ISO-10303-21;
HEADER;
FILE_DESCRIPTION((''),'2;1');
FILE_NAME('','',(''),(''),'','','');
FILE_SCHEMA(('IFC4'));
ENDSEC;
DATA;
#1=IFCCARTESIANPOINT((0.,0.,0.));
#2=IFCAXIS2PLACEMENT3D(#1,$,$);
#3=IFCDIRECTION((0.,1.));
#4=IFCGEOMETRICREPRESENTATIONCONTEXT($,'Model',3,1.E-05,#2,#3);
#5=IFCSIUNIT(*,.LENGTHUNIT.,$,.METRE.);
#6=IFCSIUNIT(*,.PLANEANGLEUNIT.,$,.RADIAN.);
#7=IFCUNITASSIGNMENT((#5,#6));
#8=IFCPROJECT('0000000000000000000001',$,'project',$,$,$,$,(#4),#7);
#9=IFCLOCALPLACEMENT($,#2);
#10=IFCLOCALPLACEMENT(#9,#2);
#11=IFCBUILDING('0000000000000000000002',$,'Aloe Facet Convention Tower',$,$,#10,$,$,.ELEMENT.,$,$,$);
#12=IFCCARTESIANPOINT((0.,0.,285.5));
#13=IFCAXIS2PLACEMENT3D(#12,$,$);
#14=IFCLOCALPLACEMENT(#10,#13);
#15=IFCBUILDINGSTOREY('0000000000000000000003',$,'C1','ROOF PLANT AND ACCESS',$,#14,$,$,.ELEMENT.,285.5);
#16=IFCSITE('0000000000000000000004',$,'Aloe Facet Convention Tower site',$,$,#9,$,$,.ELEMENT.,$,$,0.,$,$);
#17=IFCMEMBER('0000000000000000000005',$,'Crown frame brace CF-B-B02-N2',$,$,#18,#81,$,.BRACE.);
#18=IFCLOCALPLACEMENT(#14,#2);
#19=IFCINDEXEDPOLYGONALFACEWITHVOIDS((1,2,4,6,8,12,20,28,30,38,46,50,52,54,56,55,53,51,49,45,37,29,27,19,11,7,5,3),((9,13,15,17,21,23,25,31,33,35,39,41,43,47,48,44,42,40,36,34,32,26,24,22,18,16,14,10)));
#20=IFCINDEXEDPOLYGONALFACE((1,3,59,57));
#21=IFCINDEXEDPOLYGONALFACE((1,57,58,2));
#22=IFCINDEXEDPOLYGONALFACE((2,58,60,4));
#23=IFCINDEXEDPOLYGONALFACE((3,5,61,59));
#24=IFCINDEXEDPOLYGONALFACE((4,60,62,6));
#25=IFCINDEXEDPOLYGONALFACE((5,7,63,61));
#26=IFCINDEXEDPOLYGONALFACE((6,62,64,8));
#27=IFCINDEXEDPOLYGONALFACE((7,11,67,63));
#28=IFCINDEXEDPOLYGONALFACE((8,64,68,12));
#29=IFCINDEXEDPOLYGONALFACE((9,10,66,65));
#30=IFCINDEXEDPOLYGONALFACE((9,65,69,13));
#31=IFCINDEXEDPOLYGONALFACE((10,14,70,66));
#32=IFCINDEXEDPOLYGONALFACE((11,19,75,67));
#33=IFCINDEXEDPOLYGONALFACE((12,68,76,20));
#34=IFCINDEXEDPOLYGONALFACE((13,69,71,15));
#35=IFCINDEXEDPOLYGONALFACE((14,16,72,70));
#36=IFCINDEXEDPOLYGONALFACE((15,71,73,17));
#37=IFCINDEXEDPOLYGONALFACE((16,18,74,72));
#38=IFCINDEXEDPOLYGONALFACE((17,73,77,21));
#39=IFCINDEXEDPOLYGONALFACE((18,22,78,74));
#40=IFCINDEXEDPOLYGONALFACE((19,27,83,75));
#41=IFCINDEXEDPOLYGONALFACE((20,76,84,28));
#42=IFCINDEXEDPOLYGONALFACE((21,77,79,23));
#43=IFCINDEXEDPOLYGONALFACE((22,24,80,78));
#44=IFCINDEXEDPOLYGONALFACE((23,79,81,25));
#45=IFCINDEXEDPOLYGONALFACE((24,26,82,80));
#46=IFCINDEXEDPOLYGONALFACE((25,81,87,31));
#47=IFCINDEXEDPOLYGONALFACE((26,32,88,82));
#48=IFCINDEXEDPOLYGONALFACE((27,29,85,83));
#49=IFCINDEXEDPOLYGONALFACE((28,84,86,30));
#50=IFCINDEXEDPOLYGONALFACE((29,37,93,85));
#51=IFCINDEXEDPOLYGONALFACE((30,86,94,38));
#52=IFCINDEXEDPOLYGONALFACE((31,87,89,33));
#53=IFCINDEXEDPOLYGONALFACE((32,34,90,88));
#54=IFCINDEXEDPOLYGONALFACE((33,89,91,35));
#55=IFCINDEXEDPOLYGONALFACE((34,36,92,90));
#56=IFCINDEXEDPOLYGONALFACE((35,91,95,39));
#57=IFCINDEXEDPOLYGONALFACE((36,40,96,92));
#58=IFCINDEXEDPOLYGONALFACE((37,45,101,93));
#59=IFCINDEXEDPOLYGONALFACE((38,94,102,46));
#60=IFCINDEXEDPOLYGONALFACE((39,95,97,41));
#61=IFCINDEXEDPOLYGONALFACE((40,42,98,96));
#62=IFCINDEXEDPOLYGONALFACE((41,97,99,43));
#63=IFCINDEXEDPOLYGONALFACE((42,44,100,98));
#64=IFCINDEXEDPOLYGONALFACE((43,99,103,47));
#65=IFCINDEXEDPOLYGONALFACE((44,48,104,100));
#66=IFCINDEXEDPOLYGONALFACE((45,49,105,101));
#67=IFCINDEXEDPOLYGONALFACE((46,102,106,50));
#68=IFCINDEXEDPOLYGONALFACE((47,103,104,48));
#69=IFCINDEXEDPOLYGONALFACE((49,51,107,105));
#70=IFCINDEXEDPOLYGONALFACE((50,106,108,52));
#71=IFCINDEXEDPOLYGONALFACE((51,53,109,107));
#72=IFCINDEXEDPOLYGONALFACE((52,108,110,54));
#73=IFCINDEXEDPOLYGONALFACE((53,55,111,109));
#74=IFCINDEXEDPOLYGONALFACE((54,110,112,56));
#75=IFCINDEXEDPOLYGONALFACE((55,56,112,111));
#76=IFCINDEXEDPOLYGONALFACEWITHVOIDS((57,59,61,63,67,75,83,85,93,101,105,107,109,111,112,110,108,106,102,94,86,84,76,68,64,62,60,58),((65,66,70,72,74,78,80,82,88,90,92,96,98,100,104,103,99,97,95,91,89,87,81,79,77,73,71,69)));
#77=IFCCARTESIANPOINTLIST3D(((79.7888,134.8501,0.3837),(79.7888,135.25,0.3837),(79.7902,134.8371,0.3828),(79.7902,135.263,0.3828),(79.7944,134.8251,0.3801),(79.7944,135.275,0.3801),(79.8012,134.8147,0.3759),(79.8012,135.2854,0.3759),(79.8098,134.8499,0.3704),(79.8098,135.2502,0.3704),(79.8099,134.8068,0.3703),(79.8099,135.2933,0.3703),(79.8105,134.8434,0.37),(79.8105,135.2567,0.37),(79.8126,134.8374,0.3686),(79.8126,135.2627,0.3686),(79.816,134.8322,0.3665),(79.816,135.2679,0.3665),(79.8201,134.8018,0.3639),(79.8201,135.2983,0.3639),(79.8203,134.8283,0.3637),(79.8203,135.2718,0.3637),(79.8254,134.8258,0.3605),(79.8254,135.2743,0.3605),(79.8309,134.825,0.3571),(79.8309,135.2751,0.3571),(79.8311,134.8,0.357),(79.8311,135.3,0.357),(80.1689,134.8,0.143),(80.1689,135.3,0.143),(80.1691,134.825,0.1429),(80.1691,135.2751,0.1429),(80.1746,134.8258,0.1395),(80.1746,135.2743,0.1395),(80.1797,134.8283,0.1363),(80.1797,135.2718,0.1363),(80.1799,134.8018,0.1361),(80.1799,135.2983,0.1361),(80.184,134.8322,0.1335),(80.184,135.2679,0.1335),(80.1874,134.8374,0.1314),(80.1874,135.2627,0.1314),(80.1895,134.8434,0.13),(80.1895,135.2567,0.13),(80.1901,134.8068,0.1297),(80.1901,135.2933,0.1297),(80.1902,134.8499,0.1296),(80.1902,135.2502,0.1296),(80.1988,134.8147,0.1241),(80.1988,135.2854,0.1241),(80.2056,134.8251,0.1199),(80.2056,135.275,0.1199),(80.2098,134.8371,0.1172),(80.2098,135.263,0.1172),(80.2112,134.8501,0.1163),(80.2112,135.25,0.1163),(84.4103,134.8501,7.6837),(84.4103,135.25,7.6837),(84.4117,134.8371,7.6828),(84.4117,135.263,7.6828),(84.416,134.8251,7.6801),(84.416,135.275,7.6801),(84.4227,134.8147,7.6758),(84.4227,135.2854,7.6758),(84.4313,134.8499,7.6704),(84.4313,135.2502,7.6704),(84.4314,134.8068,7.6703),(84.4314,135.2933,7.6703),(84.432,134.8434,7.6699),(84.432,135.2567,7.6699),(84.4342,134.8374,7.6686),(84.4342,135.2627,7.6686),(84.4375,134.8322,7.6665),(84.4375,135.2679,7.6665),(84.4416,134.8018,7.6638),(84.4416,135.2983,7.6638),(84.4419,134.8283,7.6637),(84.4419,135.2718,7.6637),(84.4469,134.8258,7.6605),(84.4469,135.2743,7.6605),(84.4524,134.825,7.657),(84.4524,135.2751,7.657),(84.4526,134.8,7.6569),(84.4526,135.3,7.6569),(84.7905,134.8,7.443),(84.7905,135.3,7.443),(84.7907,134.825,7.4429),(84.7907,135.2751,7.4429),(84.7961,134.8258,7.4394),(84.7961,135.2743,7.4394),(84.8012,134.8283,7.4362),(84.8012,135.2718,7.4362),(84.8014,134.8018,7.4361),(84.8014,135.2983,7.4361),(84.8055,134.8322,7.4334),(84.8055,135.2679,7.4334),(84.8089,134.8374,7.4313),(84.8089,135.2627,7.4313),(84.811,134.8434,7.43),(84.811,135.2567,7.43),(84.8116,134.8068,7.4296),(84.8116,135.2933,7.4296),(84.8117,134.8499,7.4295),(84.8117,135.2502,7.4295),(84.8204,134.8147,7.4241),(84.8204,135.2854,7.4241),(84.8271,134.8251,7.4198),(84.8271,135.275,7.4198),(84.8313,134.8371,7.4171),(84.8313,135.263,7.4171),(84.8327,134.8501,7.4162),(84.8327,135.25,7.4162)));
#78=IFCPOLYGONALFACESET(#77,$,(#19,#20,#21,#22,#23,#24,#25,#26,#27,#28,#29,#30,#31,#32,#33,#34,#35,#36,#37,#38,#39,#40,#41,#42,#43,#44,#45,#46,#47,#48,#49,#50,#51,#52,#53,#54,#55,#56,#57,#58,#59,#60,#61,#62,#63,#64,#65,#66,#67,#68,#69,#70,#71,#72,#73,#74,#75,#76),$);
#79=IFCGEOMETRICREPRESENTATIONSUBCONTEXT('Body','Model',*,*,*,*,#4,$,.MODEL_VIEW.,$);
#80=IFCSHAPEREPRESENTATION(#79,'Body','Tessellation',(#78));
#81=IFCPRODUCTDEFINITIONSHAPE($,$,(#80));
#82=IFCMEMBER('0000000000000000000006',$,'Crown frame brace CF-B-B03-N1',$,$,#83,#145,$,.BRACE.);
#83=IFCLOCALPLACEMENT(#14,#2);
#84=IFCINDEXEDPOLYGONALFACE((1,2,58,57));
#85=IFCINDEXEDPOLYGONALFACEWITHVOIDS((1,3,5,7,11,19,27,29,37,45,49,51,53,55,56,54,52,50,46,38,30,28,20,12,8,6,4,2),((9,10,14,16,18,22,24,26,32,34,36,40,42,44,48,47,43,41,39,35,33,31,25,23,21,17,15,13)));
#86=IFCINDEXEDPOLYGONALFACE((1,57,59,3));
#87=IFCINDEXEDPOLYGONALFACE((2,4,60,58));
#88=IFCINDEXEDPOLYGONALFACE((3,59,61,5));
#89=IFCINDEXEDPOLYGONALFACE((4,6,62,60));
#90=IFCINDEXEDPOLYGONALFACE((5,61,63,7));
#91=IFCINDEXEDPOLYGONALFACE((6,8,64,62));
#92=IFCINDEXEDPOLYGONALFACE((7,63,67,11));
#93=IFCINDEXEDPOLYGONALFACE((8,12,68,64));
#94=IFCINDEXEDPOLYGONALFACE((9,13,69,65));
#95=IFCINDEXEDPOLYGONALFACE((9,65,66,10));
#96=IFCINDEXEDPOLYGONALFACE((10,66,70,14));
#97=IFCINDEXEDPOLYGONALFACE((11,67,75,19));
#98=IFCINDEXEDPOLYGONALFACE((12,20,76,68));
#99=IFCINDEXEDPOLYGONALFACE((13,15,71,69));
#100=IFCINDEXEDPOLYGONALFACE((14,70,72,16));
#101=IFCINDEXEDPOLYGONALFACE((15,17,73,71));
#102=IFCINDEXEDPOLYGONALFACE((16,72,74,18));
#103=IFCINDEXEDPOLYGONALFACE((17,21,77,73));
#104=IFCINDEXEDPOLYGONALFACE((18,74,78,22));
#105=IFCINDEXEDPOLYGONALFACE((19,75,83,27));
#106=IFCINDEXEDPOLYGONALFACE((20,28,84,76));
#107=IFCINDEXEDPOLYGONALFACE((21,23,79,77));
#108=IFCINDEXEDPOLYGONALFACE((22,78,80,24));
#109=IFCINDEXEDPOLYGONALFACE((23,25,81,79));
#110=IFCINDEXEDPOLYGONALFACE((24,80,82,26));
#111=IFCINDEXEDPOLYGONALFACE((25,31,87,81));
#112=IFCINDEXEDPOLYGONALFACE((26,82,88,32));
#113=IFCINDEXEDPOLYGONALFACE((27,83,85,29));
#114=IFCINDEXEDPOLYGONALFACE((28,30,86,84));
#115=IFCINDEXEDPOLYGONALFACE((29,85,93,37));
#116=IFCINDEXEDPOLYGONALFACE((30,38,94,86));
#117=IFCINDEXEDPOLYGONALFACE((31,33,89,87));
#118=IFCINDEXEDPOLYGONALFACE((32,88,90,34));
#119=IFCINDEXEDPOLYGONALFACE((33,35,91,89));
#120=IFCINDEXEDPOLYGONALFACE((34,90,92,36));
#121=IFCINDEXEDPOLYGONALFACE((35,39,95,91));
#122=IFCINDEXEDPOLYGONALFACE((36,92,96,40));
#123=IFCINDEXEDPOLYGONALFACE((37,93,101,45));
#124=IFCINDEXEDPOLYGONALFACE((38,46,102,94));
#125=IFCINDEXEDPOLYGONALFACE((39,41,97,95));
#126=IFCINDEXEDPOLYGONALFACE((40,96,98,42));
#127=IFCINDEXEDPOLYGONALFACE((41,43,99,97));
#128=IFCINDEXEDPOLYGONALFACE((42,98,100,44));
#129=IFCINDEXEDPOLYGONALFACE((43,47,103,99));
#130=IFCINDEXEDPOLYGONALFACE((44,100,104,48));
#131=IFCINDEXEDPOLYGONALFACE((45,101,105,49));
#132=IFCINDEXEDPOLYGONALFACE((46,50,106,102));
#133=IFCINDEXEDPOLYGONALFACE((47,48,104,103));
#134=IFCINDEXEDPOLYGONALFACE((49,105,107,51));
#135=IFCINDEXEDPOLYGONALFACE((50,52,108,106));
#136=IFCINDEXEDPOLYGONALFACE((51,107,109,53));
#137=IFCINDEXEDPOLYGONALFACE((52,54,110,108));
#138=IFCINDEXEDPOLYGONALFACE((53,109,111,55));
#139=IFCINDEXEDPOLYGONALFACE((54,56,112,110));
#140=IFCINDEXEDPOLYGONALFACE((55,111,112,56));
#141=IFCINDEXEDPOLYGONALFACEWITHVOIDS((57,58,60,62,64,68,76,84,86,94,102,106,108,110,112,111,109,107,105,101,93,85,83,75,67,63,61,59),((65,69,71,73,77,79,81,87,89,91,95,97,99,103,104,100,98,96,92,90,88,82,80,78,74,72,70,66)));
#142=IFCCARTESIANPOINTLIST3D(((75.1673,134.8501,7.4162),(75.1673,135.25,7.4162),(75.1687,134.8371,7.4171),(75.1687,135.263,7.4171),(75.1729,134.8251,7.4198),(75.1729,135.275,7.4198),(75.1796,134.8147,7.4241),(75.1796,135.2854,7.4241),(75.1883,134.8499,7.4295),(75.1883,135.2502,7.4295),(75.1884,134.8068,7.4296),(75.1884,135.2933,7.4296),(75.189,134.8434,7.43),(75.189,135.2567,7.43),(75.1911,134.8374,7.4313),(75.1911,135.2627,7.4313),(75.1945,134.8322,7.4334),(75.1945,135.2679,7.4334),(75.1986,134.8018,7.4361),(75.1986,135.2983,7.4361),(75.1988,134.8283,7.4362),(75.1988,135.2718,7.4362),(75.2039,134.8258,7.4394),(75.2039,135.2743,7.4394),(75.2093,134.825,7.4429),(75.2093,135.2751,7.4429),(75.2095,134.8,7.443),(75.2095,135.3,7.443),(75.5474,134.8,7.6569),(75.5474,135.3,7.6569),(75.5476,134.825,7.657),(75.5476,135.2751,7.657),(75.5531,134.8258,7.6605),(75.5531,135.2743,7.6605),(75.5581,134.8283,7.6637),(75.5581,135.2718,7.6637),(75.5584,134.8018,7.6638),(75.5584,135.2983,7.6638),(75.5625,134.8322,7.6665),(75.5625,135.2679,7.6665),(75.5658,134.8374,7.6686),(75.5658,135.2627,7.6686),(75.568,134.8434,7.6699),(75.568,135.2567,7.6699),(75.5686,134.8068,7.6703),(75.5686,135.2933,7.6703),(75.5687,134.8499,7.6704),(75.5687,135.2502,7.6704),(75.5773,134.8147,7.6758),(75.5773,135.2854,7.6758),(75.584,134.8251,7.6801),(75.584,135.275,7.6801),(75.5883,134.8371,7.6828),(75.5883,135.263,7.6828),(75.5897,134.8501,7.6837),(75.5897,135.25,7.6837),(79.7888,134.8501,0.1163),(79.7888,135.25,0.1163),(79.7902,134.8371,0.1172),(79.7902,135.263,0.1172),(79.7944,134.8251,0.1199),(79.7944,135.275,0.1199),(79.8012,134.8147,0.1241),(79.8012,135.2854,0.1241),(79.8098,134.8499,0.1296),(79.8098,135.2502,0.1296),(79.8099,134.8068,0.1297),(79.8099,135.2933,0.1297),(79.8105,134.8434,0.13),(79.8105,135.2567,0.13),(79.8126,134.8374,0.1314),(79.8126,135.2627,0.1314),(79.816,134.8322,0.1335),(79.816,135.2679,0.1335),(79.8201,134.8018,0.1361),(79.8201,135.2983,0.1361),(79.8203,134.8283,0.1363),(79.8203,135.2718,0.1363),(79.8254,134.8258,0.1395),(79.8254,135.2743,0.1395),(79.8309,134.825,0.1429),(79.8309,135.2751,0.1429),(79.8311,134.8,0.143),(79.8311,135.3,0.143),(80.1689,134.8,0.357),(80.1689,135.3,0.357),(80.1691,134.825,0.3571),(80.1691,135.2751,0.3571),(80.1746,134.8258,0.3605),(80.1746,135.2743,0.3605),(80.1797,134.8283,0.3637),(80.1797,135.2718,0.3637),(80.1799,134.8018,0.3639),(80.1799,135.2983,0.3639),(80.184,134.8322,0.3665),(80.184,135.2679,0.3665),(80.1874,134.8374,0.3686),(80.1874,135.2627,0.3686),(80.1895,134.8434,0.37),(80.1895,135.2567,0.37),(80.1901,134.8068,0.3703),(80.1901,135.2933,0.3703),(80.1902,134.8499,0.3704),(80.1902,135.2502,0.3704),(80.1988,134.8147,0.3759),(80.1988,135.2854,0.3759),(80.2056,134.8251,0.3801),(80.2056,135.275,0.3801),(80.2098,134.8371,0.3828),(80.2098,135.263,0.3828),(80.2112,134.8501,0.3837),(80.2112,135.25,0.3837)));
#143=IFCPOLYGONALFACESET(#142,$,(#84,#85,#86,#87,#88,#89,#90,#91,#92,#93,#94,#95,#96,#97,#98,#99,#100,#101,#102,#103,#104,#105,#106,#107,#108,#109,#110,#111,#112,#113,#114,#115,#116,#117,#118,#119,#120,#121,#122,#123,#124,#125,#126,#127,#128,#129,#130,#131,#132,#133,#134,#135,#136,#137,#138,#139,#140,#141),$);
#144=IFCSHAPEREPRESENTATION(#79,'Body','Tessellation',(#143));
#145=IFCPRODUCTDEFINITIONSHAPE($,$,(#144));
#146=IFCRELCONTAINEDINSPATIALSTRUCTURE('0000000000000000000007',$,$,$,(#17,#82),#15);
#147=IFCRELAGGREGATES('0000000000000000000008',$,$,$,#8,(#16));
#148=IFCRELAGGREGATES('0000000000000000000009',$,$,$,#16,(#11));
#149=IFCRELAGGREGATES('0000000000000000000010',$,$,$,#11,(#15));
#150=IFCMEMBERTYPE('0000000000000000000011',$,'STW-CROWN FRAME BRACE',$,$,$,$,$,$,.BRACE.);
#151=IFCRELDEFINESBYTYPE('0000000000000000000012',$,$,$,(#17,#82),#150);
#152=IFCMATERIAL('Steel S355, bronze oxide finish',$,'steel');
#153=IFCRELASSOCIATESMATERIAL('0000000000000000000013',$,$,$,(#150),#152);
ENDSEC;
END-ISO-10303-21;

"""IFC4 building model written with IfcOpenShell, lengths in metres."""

from ifc_helpers import new_model, si_unit, direction, frame, origin, origin_2d, place, context, subcontext, project, spatial, hollow_rectangle, extrude, material, material_profile, profile_set, type_object, element, save


model = new_model("IFC4")

# Units and contexts
model_context = context("Model", 3, precision=1e-05, world=origin(), true_north=direction((0.0, 1.0)))
body_context = subcontext(model_context, "Body", "Model", "MODEL_VIEW")
ifc_project = project(units=[si_unit("LENGTHUNIT", "METRE"), si_unit("PLANEANGLEUNIT", "RADIAN")], contexts=[model_context])

# Site, building, storey
site_placement = place(None, origin())
site = spatial("IfcSite", under=ifc_project, at=site_placement, Name="Aloe Facet Convention Tower site", CompositionType="ELEMENT", RefElevation=0.0)
building_placement = place(site_placement, origin())
building = spatial("IfcBuilding", under=site, at=building_placement, Name="Aloe Facet Convention Tower", CompositionType="ELEMENT")
storey_placement = place(building_placement, frame((0.0, 0.0, 285.5)))
storey = spatial("IfcBuildingStorey", under=building, at=storey_placement, Name="C1", Description="ROOF PLANT AND ACCESS", CompositionType="ELEMENT", Elevation=285.5)

# Members
ifc_material_1 = material(Name="Steel S355, bronze oxide finish", Category="steel")
ifc_material_profile_1 = material_profile(ifc_material_1, hollow_rectangle(XDim=0.5, YDim=0.5, WallThickness=0.0249, InnerFilletRadius=0.0249, OuterFilletRadius=0.05, at=origin_2d()), Name="SHS 500x500x25")
ifc_profile_set_1 = profile_set([ifc_material_profile_1], Name="Steel S355, bronze oxide finish")
member_type = type_object("IfcMemberType", Name="STW-CROWN FRAME BRACE", PredefinedType="BRACE", material=ifc_profile_set_1)
for number, where, z_axis, x_axis, name in (
    (1, (80.0, 135.05, 0.25), (0.534905, 0.0, 0.844912), (0.0, 1.0, 0.0), "Crown frame brace CF-B-B02-N2"),
    (2, (80.0, 135.05, 0.25), (-0.534905, 0.0, 0.844912), (0.0, -1.0, 0.0), "Crown frame brace CF-B-B03-N1"),
):
    element("IfcMember", number, at=place(storey_placement, frame(where, z_axis=z_axis, x_axis=x_axis)), inside=storey, type_object=member_type, Name=name, PredefinedType="BRACE", context=body_context, shape_type="SweptSolid", body=[
        extrude(hollow_rectangle(XDim=0.5, YDim=0.5, WallThickness=0.0249, InnerFilletRadius=0.0249, OuterFilletRadius=0.05, at=origin_2d()), origin(), (0.0, 0.0, 1.0), 8.6399),
    ])

save(model, "model.ifc")
